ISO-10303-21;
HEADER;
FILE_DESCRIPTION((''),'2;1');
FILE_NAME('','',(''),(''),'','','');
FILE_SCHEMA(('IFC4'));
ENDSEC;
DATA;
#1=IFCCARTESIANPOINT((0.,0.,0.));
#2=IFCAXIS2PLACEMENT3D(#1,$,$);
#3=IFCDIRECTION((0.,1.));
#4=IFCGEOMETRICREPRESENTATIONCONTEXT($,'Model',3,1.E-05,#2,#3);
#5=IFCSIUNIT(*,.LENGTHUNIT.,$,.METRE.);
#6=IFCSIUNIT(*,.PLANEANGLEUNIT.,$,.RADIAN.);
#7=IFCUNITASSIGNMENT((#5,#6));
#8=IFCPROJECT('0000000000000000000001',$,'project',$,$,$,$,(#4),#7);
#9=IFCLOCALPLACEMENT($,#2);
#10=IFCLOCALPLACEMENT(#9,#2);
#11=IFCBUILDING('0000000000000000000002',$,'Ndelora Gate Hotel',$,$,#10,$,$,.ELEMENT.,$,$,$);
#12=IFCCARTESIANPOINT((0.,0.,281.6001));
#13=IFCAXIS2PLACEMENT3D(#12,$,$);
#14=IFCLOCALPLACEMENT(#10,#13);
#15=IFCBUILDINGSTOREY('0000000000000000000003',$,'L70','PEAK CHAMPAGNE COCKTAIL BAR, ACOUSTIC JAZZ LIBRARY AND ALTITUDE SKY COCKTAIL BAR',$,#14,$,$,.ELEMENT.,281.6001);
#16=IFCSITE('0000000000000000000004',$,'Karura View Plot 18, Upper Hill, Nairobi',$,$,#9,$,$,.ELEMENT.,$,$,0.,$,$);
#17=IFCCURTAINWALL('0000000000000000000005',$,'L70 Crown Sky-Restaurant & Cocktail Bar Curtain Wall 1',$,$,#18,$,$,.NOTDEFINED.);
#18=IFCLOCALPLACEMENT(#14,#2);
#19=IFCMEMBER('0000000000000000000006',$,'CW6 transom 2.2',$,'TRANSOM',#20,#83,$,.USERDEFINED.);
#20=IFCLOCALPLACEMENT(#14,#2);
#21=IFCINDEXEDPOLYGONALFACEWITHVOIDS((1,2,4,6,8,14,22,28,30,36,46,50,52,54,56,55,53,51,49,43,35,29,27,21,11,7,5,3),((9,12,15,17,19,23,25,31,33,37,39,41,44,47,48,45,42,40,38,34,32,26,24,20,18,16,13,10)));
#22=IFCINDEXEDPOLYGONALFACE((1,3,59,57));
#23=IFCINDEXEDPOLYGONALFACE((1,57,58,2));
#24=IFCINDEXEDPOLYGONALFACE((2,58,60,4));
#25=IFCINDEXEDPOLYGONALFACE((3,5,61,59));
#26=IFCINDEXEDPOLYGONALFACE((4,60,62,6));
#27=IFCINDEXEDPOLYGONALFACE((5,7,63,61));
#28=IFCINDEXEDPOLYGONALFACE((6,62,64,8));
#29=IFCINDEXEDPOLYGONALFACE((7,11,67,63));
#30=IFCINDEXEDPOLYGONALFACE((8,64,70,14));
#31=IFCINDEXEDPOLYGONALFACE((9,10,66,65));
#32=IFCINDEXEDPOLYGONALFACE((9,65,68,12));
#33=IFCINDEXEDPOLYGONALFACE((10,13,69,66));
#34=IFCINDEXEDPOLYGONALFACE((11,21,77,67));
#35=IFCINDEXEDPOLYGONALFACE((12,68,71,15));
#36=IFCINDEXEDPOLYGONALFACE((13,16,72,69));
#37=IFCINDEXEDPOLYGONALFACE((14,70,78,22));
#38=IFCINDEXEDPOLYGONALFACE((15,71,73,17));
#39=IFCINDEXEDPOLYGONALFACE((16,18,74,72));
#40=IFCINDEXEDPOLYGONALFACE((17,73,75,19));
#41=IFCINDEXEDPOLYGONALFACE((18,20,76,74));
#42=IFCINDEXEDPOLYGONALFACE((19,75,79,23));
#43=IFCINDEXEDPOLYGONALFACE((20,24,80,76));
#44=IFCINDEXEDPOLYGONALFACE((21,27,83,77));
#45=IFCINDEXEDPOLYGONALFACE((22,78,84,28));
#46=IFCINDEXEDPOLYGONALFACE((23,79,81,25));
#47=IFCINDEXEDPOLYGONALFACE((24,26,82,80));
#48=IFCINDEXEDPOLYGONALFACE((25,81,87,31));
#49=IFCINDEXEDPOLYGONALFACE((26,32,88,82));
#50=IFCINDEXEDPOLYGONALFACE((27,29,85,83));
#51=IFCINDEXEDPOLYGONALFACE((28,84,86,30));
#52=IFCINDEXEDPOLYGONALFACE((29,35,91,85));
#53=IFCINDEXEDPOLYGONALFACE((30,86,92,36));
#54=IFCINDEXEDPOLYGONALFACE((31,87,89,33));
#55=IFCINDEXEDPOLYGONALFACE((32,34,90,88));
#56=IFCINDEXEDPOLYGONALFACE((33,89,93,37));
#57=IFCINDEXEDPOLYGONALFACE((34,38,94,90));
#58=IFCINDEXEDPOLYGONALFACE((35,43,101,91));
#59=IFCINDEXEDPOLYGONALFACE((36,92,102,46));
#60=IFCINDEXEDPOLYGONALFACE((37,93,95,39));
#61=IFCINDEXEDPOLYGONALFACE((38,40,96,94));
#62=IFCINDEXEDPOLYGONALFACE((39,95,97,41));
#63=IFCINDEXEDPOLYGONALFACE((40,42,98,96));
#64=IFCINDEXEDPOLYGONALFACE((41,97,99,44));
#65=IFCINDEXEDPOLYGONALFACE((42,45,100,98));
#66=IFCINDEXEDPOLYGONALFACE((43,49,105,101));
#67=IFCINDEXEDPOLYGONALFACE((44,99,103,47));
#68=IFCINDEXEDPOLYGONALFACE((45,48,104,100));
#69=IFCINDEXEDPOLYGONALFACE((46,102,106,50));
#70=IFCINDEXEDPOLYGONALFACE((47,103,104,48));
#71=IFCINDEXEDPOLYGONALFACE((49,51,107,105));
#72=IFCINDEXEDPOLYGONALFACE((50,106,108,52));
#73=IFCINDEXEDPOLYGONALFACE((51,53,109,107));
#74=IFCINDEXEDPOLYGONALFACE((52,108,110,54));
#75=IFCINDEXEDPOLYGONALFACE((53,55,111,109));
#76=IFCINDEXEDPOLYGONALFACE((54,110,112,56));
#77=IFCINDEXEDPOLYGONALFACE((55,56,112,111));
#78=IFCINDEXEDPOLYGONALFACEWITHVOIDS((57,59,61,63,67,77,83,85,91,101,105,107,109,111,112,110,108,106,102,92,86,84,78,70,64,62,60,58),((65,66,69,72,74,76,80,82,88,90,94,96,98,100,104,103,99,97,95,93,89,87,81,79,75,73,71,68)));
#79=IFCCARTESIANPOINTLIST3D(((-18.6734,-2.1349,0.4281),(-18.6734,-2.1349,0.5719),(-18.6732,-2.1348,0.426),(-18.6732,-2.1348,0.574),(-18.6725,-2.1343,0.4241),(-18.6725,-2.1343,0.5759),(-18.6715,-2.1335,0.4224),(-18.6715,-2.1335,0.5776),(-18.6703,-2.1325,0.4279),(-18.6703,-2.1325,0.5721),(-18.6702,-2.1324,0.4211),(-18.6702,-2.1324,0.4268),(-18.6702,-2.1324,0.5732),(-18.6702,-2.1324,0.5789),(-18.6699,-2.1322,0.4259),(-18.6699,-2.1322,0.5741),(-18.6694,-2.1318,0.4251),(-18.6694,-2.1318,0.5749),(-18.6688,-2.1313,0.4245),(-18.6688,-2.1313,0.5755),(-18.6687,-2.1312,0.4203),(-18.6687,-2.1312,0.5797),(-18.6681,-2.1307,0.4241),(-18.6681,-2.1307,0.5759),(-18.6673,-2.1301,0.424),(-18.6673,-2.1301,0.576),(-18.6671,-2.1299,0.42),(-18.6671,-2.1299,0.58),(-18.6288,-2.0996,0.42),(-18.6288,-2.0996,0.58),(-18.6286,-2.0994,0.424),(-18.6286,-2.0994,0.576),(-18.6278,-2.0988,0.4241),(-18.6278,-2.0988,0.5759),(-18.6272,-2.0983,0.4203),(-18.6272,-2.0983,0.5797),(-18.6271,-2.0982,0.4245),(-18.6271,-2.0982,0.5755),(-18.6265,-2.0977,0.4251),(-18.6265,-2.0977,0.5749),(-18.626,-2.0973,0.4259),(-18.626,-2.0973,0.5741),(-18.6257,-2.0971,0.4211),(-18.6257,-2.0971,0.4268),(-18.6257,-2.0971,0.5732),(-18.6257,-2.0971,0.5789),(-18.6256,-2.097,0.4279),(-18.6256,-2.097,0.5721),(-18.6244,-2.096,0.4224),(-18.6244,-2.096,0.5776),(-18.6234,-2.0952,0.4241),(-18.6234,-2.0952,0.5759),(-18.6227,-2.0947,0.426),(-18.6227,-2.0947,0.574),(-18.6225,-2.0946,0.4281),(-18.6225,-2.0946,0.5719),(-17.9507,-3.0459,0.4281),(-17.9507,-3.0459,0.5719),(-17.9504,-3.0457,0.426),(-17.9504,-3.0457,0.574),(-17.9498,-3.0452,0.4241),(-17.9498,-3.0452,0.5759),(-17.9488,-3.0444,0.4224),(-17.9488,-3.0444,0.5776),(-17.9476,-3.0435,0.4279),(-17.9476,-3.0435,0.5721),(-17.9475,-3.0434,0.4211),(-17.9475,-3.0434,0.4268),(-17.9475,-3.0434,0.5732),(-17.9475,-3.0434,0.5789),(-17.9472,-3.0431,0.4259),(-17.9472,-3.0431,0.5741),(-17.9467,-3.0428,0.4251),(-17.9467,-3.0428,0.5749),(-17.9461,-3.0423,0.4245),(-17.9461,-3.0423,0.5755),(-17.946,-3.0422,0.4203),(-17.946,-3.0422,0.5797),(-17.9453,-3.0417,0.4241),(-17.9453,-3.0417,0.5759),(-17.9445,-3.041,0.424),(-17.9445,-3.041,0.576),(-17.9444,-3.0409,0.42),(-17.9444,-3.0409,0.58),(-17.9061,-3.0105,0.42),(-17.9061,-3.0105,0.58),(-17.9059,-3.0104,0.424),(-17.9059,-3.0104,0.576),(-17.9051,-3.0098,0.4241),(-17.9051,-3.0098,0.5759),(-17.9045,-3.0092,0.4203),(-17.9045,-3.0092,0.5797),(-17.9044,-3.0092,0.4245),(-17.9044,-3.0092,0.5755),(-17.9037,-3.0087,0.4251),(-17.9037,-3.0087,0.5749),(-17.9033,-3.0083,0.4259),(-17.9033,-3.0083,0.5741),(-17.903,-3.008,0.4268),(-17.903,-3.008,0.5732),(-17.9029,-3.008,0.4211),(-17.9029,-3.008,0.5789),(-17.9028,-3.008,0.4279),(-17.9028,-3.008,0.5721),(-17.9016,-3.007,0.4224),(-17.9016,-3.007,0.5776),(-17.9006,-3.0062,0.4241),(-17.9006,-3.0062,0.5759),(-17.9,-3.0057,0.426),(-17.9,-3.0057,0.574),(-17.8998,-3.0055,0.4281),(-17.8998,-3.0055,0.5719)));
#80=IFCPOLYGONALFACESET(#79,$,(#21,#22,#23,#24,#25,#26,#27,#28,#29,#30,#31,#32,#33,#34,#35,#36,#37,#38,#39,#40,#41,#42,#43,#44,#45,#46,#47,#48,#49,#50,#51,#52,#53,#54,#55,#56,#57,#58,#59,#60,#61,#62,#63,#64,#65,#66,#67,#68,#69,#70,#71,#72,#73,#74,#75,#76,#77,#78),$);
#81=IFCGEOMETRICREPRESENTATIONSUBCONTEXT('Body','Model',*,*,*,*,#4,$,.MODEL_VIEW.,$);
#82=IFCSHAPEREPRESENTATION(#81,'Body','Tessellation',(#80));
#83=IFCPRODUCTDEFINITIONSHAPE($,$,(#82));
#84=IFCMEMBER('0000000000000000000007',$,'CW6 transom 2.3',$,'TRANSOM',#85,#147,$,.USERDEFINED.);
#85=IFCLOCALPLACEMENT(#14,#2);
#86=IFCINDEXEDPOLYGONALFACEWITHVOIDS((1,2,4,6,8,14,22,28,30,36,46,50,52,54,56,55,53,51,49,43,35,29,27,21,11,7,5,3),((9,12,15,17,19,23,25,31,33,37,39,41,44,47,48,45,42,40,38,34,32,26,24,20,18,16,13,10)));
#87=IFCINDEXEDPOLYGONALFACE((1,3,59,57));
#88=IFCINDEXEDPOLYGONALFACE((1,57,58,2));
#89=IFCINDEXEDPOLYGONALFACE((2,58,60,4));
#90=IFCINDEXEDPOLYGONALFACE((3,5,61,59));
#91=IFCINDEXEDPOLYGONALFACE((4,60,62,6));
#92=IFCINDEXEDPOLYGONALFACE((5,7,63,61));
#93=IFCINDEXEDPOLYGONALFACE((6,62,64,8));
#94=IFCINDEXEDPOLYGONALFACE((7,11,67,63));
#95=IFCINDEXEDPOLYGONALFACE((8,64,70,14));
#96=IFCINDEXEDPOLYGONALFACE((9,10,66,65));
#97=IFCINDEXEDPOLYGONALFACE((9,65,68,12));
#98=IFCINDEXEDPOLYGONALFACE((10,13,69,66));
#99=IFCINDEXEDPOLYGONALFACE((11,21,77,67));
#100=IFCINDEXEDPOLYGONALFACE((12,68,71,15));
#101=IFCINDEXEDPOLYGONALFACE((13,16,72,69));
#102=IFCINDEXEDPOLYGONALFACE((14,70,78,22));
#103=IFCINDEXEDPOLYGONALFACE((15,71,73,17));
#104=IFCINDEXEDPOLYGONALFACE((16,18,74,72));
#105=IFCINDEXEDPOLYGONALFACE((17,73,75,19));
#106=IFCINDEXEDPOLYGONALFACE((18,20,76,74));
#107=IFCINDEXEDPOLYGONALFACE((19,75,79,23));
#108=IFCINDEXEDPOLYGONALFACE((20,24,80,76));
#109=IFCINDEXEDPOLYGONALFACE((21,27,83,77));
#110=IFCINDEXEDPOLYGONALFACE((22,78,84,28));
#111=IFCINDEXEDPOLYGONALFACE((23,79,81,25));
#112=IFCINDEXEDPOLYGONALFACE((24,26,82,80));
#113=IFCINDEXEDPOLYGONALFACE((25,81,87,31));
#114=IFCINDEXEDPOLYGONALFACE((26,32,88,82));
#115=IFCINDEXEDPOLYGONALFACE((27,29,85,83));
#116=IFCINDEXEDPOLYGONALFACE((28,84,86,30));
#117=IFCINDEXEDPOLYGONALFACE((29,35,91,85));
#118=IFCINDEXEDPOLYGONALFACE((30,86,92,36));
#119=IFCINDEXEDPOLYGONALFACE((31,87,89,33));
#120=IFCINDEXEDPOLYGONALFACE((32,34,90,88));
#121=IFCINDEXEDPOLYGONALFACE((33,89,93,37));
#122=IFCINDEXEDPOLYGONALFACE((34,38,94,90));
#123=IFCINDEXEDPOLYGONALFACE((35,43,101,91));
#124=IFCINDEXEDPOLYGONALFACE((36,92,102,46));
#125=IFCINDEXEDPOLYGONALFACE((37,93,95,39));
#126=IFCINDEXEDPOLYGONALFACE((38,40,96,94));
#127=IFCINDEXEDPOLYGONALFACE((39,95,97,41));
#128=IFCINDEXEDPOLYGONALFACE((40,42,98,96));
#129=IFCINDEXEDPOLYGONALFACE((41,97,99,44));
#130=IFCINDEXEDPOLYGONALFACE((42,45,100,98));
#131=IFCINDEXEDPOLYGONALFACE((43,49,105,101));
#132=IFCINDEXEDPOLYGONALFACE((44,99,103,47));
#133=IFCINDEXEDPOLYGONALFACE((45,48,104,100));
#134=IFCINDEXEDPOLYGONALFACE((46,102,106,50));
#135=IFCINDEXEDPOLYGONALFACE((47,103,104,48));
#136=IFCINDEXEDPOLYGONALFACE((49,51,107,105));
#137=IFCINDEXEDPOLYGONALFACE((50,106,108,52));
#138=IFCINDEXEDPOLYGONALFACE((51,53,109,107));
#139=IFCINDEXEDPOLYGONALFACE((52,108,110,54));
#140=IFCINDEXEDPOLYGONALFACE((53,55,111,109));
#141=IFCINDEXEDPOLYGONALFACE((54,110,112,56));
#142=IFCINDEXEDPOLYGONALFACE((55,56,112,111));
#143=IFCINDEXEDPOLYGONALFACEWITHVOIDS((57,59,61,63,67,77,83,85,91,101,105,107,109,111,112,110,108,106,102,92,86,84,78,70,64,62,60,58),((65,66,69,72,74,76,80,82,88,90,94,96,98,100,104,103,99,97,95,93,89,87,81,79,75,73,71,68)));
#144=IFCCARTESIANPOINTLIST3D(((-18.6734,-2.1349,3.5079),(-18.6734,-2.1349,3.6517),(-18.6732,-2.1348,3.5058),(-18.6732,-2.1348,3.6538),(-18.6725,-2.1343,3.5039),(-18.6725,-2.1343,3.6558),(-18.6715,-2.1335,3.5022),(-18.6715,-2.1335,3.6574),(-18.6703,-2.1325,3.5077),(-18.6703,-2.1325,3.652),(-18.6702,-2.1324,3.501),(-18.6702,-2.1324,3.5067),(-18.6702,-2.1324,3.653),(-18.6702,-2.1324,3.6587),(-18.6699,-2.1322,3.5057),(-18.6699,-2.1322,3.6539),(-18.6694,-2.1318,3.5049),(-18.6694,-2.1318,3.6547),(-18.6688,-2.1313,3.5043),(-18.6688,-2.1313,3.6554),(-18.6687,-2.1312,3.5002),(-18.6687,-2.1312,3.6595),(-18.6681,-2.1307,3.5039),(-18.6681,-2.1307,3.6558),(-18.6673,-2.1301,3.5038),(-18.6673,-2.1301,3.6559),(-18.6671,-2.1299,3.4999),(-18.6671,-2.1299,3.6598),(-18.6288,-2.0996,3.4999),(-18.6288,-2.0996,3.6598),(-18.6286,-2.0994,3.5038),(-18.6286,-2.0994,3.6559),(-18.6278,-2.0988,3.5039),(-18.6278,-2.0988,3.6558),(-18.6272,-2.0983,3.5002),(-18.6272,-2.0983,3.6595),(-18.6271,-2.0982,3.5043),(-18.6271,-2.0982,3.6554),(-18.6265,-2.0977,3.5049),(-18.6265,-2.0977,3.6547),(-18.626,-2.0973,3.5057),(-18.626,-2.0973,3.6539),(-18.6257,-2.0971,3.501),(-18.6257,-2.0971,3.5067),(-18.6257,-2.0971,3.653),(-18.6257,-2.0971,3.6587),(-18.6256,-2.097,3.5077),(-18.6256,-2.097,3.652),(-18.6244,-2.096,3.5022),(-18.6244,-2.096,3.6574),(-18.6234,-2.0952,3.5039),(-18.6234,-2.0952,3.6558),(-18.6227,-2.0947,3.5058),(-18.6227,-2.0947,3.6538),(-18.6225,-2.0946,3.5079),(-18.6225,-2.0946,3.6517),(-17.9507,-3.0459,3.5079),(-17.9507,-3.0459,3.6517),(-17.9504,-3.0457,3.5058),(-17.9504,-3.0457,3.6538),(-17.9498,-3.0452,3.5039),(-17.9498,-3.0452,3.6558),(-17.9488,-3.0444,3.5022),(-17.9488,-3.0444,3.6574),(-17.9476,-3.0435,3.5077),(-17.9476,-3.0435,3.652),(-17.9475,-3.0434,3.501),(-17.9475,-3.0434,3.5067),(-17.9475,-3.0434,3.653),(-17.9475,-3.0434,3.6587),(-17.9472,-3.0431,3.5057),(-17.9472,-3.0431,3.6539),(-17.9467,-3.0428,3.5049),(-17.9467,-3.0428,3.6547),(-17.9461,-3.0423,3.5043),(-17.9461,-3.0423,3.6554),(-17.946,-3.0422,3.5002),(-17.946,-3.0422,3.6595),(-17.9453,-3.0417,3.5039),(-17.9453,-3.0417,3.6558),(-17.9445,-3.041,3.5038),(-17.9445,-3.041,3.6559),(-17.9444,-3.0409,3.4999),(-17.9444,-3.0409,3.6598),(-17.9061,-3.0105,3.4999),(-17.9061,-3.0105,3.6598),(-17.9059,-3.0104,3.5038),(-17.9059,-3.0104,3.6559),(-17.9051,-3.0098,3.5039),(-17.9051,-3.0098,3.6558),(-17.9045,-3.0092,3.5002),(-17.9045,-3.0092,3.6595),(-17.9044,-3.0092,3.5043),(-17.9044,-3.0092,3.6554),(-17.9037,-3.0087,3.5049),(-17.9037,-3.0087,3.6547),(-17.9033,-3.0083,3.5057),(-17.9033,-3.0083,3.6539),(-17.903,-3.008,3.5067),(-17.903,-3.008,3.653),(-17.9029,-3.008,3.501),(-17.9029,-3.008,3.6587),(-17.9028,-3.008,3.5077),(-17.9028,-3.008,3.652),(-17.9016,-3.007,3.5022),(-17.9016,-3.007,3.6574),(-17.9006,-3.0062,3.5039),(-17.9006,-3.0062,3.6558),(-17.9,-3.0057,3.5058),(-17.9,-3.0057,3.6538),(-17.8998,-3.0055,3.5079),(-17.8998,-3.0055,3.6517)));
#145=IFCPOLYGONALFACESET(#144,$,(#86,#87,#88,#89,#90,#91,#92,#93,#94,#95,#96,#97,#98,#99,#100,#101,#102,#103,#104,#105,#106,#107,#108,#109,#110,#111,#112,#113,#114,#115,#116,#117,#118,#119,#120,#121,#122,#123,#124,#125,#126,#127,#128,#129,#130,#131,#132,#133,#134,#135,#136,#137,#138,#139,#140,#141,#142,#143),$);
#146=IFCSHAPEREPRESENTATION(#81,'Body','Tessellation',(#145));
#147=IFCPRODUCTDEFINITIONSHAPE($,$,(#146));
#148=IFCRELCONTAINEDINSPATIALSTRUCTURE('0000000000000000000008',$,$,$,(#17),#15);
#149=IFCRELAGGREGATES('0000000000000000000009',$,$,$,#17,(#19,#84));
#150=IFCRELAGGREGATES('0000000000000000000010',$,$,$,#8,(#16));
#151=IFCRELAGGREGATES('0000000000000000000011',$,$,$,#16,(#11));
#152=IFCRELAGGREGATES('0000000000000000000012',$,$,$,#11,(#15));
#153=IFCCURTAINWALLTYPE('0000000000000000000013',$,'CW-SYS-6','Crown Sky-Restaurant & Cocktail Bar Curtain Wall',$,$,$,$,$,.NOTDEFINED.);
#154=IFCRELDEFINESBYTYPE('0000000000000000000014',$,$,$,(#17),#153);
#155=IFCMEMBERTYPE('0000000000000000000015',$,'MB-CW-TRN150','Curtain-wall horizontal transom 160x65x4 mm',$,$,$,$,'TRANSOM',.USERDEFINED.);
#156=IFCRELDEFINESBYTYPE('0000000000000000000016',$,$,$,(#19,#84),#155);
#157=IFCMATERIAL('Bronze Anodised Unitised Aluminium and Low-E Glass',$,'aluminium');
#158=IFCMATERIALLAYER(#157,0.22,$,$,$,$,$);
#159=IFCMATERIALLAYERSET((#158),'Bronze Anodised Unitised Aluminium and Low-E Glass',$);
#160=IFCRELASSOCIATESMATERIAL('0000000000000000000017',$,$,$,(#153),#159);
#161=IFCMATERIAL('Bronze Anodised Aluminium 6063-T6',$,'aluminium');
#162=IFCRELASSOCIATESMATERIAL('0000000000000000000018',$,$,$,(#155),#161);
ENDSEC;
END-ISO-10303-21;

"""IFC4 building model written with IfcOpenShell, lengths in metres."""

from ifc_helpers import new_model, si_unit, direction, frame, origin, origin_2d, place, context, subcontext, project, spatial, hollow_rectangle, extrude, material, layer, layer_set, material_profile, profile_set, type_object, element, aggregate, save


model = new_model("IFC4")

# Units and contexts
model_context = context("Model", 3, precision=1e-05, world=origin(), true_north=direction((0.0, 1.0)))
body_context = subcontext(model_context, "Body", "Model", "MODEL_VIEW")
ifc_project = project(units=[si_unit("LENGTHUNIT", "METRE"), si_unit("PLANEANGLEUNIT", "RADIAN")], contexts=[model_context])

# Site, building, storey
site_placement = place(None, origin())
site = spatial("IfcSite", under=ifc_project, at=site_placement, Name="Karura View Plot 18, Upper Hill, Nairobi", CompositionType="ELEMENT", RefElevation=0.0)
building_placement = place(site_placement, origin())
building = spatial("IfcBuilding", under=site, at=building_placement, Name="Ndelora Gate Hotel", CompositionType="ELEMENT")
storey_placement = place(building_placement, frame((0.0, 0.0, 281.6001)))
storey = spatial("IfcBuildingStorey", under=building, at=storey_placement, Name="L70", Description="PEAK CHAMPAGNE COCKTAIL BAR, ACOUSTIC JAZZ LIBRARY AND ALTITUDE SKY COCKTAIL BAR", CompositionType="ELEMENT", Elevation=281.6001)

# Curtain wall, members
ifc_material_1 = material(Name="Bronze Anodised Unitised Aluminium and Low-E Glass", Category="aluminium")
ifc_layer_1 = layer(ifc_material_1, 0.22)
ifc_layer_set_1 = layer_set([ifc_layer_1], Name="Bronze Anodised Unitised Aluminium and Low-E Glass")
curtain_wall_type = type_object("IfcCurtainWallType", Name="CW-SYS-6", Description="Crown Sky-Restaurant & Cocktail Bar Curtain Wall", PredefinedType="NOTDEFINED", material=ifc_layer_set_1)
curtain_wall_placement = place(storey_placement, origin())
curtain_wall = element("IfcCurtainWall", 1, at=curtain_wall_placement, inside=storey, type_object=curtain_wall_type, Name="L70 Crown Sky-Restaurant & Cocktail Bar Curtain Wall 1", PredefinedType="NOTDEFINED")
ifc_material_2 = material(Name="Bronze Anodised Aluminium 6063-T6", Category="aluminium")
ifc_material_profile_1 = material_profile(ifc_material_2, hollow_rectangle(XDim=0.0649, YDim=0.1599, WallThickness=0.0039, InnerFilletRadius=0.0039, OuterFilletRadius=0.0081, at=origin_2d()), Name="ALU 160x65x4")
ifc_profile_set_1 = profile_set([ifc_material_profile_1], Name="Bronze Anodised Aluminium 6063-T6")
member_type_1 = type_object("IfcMemberType", Name="MB-CW-TRN150", Description="Curtain-wall horizontal transom 160x65x4 mm", ElementType="TRANSOM", PredefinedType="USERDEFINED", material=ifc_profile_set_1)
member_1_placement = place(storey_placement, frame((-18.6479, -2.1147, 0.5), z_axis=(0.621515, -0.783402, 0.0), x_axis=(0.783402, 0.621515, 0.0)))
member_1 = element("IfcMember", 2, at=member_1_placement, type_object=member_type_1, Name="CW6 transom 2.2", ObjectType="TRANSOM", PredefinedType="USERDEFINED", context=body_context, shape_type="SweptSolid", body=[
    extrude(hollow_rectangle(XDim=0.0649, YDim=0.1599, WallThickness=0.0039, InnerFilletRadius=0.0039, OuterFilletRadius=0.0081, at=origin_2d()), origin(), (0.0, 0.0, 1.0), 1.1628),
])
member_2_placement = place(storey_placement, frame((-18.6479, -2.1147, 3.5798), z_axis=(0.621515, -0.783402, 0.0), x_axis=(0.783402, 0.621515, 0.0)))
member_2 = element("IfcMember", 3, at=member_2_placement, type_object=member_type_1, Name="CW6 transom 2.3", ObjectType="TRANSOM", PredefinedType="USERDEFINED", context=body_context, shape_type="SweptSolid", body=[
    extrude(hollow_rectangle(XDim=0.0649, YDim=0.1599, WallThickness=0.0039, InnerFilletRadius=0.0039, OuterFilletRadius=0.0081, at=origin_2d()), origin(), (0.0, 0.0, 1.0), 1.1628),
])
aggregate(curtain_wall, [member_1, member_2])

save(model, "model.ifc")
